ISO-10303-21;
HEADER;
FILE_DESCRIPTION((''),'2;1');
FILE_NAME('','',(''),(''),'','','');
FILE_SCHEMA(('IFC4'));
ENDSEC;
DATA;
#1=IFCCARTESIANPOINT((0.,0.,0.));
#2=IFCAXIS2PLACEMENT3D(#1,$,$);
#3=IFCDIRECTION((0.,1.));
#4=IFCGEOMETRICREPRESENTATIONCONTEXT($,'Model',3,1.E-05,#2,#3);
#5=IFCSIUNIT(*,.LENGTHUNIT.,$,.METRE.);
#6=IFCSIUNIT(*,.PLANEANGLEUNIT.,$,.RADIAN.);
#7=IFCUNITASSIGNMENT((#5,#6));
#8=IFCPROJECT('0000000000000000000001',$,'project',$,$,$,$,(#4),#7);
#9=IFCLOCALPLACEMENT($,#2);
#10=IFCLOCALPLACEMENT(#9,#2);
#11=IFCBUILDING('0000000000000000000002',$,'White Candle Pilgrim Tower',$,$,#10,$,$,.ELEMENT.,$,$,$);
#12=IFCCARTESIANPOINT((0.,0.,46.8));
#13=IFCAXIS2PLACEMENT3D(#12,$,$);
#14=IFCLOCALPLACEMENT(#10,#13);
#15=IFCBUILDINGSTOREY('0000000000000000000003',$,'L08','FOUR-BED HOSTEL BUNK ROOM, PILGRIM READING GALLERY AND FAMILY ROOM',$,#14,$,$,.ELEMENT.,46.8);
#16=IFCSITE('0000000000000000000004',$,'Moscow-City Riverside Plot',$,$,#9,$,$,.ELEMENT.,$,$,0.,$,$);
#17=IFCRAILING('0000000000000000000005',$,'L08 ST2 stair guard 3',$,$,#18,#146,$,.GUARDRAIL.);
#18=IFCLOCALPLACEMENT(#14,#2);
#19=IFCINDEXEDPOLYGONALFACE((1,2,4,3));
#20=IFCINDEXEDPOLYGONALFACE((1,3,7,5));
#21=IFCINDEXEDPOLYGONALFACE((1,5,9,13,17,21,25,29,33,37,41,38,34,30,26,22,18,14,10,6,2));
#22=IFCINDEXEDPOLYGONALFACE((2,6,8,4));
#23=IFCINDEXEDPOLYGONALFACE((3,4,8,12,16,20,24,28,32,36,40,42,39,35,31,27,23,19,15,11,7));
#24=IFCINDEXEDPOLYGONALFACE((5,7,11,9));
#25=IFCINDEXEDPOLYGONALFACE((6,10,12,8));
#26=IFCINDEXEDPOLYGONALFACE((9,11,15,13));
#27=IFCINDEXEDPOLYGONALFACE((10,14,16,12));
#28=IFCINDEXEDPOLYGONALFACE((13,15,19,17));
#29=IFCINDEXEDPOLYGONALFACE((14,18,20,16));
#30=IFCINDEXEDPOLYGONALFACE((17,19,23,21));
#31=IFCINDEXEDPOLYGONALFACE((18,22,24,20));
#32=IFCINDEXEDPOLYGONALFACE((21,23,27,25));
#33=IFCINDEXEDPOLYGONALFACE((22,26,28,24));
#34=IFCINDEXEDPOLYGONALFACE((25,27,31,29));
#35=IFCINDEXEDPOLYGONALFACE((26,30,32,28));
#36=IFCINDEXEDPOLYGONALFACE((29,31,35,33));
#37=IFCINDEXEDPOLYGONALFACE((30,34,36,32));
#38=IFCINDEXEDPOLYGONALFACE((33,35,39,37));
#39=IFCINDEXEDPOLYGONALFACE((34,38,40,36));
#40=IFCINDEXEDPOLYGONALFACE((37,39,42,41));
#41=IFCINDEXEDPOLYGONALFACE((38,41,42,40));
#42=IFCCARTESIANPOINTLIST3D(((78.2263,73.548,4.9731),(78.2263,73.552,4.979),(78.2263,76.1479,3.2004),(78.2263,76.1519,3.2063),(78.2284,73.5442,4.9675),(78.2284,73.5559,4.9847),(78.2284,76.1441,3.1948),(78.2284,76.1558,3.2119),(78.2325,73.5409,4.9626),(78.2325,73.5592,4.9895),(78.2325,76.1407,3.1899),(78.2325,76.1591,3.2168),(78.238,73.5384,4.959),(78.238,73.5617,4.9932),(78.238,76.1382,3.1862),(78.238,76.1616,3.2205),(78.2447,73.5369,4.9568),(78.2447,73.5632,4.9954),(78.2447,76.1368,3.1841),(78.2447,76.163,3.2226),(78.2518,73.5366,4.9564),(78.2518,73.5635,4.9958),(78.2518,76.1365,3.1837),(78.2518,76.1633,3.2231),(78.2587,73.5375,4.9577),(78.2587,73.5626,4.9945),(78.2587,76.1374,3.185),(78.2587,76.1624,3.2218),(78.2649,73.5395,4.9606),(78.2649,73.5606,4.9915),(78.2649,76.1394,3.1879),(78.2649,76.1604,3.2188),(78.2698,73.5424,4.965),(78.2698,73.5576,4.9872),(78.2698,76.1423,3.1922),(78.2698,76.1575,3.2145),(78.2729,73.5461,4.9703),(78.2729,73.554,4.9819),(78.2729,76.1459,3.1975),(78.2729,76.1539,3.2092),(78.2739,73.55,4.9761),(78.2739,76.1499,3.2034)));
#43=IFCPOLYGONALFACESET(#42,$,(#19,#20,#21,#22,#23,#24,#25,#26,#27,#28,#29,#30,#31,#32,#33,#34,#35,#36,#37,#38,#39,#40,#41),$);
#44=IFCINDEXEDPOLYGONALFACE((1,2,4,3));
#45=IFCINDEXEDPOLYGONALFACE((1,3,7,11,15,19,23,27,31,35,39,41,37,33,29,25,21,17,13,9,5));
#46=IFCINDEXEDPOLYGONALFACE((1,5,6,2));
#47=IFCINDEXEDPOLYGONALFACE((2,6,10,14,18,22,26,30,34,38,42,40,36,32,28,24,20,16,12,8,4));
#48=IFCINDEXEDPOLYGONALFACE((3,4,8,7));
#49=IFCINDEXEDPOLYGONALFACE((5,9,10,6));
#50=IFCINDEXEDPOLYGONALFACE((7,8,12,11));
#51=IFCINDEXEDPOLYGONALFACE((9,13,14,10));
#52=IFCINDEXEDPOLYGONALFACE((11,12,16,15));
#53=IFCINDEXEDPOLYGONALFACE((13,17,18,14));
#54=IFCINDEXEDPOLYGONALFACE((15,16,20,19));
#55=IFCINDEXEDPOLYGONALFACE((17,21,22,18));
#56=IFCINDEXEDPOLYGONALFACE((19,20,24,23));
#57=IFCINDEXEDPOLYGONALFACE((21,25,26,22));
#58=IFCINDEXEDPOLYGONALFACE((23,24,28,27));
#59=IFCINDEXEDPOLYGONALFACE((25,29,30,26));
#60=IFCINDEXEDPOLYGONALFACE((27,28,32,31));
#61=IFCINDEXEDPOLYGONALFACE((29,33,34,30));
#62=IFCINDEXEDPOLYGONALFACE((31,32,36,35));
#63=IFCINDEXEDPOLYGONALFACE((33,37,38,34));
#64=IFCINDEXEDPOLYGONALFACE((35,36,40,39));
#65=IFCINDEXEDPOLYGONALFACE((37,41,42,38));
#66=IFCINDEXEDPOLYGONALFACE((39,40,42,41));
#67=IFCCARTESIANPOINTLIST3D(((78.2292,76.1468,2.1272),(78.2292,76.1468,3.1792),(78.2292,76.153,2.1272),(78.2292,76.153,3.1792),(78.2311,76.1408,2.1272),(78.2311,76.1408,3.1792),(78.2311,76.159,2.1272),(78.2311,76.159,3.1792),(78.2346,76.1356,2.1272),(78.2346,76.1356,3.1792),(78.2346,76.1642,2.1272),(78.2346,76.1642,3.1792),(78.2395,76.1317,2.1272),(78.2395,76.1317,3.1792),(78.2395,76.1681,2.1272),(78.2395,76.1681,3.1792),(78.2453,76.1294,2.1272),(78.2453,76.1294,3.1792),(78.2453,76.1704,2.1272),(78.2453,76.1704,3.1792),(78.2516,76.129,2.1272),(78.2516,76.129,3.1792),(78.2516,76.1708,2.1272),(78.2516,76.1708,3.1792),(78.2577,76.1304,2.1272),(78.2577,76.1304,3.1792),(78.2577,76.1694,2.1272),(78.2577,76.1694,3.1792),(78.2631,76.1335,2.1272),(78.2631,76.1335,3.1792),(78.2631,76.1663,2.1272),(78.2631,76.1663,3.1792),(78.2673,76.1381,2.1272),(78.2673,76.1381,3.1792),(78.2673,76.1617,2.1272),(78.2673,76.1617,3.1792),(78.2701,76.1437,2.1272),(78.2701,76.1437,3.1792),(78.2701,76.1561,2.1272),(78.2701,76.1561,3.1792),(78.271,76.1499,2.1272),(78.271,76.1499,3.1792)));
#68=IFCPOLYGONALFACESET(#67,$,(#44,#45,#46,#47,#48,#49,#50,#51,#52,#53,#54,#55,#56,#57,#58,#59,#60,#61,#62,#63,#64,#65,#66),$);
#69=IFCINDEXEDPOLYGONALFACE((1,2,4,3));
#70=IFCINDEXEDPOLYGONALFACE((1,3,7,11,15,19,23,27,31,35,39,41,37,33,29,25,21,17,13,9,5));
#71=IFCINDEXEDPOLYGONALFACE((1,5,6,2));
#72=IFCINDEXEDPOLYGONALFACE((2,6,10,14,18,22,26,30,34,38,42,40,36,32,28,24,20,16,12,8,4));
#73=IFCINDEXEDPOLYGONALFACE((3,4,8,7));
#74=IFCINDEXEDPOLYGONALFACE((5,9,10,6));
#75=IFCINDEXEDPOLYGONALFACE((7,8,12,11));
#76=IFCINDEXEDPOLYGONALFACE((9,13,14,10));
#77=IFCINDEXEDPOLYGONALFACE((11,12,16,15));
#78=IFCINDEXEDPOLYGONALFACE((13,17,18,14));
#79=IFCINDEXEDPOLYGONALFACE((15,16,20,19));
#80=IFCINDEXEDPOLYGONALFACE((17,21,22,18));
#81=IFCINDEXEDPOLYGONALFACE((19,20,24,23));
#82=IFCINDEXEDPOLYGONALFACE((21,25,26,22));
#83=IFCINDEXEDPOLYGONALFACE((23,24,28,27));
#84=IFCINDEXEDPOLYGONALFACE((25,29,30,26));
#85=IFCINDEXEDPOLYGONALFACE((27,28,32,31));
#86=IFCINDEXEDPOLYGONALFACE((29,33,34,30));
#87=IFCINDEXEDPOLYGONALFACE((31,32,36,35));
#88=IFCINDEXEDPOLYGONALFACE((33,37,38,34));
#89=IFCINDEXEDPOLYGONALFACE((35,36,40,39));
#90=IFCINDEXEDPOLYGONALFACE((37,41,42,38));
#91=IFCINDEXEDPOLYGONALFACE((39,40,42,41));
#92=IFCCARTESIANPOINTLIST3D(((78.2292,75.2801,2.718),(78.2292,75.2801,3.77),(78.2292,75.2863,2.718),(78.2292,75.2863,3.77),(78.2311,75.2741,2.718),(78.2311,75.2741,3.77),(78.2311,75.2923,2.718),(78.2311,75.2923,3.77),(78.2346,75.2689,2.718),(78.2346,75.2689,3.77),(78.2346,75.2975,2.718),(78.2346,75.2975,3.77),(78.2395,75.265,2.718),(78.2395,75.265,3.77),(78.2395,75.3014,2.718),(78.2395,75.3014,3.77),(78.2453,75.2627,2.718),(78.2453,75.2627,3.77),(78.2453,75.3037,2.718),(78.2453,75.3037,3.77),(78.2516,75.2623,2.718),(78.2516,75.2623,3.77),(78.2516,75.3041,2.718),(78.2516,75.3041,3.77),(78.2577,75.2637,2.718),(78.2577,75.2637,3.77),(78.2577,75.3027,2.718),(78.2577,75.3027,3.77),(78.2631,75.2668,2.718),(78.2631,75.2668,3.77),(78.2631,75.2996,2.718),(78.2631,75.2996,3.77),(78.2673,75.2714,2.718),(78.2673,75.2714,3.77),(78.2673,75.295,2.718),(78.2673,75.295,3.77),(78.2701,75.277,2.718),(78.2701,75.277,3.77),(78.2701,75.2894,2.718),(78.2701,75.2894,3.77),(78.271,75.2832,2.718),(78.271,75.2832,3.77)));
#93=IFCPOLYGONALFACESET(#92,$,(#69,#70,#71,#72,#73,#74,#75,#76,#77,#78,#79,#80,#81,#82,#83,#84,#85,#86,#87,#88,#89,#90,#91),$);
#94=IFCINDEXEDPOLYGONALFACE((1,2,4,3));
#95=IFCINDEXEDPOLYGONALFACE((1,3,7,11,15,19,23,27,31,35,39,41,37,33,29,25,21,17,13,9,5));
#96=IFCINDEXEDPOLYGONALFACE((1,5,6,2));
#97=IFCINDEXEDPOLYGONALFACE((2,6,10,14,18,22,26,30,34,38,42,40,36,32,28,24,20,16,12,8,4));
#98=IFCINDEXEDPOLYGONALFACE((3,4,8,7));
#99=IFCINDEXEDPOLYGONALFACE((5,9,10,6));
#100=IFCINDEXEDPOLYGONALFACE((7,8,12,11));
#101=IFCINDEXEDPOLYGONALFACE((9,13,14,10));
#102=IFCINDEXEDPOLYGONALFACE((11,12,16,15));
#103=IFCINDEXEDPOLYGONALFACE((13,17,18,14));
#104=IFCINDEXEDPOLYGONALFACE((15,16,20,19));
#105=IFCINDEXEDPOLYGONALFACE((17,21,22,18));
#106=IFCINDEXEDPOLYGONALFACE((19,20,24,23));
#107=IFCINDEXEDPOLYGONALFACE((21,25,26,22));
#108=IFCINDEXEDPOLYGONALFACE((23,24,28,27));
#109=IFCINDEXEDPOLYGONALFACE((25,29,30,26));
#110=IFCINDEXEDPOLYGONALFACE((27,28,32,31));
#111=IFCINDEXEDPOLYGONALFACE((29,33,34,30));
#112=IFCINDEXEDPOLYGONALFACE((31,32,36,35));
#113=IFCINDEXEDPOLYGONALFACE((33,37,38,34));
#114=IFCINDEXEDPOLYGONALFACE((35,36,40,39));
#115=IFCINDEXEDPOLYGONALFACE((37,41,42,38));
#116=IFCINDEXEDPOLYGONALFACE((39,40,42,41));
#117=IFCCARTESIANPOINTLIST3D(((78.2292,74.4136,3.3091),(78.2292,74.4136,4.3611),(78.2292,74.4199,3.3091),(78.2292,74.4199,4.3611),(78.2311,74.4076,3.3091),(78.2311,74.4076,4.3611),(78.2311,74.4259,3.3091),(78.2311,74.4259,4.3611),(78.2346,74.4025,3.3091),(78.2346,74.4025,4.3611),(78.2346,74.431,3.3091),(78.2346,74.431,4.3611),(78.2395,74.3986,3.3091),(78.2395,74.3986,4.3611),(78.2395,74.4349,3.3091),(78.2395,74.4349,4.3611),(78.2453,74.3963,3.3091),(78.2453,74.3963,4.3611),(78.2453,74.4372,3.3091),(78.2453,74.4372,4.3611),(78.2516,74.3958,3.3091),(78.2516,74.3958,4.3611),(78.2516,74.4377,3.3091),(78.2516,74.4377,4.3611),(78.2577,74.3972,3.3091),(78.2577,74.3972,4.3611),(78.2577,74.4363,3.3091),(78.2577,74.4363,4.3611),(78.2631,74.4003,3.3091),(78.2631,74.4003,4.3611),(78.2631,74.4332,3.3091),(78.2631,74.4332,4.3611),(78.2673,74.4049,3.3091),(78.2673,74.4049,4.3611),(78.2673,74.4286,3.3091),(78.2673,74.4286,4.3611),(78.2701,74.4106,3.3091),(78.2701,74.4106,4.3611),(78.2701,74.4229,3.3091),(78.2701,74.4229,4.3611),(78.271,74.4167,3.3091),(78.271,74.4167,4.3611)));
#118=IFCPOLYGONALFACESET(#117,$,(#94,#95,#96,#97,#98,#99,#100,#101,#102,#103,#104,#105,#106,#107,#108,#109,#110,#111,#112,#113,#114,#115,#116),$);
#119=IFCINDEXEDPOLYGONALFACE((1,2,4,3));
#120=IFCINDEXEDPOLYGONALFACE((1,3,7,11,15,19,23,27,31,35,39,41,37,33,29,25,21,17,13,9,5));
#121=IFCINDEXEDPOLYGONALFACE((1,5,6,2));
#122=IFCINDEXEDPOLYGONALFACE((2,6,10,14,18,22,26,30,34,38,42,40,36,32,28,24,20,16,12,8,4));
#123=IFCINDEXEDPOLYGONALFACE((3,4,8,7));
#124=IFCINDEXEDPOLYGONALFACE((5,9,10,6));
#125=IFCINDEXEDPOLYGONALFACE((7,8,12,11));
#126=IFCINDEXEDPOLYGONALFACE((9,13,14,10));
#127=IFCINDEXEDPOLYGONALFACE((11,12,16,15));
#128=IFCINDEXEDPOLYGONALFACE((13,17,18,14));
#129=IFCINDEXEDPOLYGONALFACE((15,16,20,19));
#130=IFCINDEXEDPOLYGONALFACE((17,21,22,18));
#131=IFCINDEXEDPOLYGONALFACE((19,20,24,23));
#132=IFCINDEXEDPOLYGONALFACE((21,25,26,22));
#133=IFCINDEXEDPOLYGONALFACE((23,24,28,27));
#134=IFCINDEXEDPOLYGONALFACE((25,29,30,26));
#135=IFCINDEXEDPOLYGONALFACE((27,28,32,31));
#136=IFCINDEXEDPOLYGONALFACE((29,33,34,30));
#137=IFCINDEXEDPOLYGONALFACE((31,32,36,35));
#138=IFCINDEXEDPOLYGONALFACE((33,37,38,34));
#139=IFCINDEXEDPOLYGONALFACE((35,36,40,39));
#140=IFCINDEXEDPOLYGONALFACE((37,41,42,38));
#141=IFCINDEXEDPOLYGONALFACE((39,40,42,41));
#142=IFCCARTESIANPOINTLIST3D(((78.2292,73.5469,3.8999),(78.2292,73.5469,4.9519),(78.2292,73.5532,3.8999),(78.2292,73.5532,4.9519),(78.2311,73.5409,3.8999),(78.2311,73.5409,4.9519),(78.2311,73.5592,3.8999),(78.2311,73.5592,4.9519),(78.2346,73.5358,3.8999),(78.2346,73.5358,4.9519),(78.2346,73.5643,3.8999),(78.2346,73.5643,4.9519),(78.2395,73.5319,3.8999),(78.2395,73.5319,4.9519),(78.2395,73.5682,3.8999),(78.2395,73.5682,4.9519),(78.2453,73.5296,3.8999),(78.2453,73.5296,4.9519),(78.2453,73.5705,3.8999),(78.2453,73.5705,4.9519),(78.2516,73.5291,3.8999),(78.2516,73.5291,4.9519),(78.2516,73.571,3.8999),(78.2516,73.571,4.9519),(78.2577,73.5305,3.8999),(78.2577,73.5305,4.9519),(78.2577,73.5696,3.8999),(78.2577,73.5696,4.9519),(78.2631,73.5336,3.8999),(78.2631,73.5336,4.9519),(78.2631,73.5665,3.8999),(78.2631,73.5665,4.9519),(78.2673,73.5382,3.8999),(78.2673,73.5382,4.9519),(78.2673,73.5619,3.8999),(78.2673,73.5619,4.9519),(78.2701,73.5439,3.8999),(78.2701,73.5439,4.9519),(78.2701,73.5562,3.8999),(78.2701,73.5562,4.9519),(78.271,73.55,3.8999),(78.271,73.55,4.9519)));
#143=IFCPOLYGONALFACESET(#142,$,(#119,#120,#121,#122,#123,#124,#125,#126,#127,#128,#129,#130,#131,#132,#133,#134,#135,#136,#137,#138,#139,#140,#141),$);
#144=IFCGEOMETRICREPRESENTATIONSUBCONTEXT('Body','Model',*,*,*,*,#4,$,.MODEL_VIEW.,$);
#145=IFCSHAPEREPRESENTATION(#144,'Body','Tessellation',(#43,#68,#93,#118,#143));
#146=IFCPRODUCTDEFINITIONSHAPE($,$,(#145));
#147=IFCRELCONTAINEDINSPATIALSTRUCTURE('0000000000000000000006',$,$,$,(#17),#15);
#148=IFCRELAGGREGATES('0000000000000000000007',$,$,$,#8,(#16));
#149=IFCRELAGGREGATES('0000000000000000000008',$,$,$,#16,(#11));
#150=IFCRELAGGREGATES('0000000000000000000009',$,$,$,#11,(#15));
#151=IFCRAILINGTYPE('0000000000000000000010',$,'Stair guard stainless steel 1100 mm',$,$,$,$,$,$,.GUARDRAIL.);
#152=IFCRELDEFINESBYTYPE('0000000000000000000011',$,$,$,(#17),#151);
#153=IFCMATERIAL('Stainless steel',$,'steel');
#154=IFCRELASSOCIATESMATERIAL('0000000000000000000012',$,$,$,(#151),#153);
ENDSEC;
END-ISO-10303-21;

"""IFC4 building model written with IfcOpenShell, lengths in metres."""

from ifc_helpers import new_model, si_unit, direction, frame, origin, origin_2d, place, context, subcontext, project, spatial, circle, extrude, material, type_object, element, save


model = new_model("IFC4")

# Units and contexts
model_context = context("Model", 3, precision=1e-05, world=origin(), true_north=direction((0.0, 1.0)))
body_context = subcontext(model_context, "Body", "Model", "MODEL_VIEW")
ifc_project = project(units=[si_unit("LENGTHUNIT", "METRE"), si_unit("PLANEANGLEUNIT", "RADIAN")], contexts=[model_context])

# Site, building, storey
site_placement = place(None, origin())
site = spatial("IfcSite", under=ifc_project, at=site_placement, Name="Moscow-City Riverside Plot", CompositionType="ELEMENT", RefElevation=0.0)
building_placement = place(site_placement, origin())
building = spatial("IfcBuilding", under=site, at=building_placement, Name="White Candle Pilgrim Tower", CompositionType="ELEMENT")
storey_placement = place(building_placement, frame((0.0, 0.0, 46.8)))
storey = spatial("IfcBuildingStorey", under=building, at=storey_placement, Name="L08", Description="FOUR-BED HOSTEL BUNK ROOM, PILGRIM READING GALLERY AND FAMILY ROOM", CompositionType="ELEMENT", Elevation=46.8)

# Railing
ifc_material_1 = material(Name="Stainless steel", Category="steel")
railing_type = type_object("IfcRailingType", Name="Stair guard stainless steel 1100 mm", PredefinedType="GUARDRAIL", material=ifc_material_1)
railing_1_placement = place(storey_placement, frame((78.25, 76.1499, 2.1272)))
element("IfcRailing", 1, at=railing_1_placement, inside=storey, type_object=railing_type, Name="L08 ST2 stair guard 3", PredefinedType="GUARDRAIL", context=body_context, shape_type="SweptSolid", body=[
    extrude(circle(Radius=0.0239, at=origin_2d()), frame((0.0, 0.0, 1.0762), z_axis=(0.0, -0.826216, 0.563354), x_axis=(1.0, 0.0, 0.0)), (0.0, 0.0, 1.0), 3.1467),
    extrude(circle(Radius=0.021, at=origin_2d()), origin(), (0.0, 0.0, 1.0), 1.052),
    extrude(circle(Radius=0.021, at=origin_2d()), frame((0.0, -0.8667, 0.5908)), (0.0, 0.0, 1.0), 1.052),
    extrude(circle(Radius=0.021, at=origin_2d()), frame((0.0, -1.7332, 1.1819)), (0.0, 0.0, 1.0), 1.052),
    extrude(circle(Radius=0.021, at=origin_2d()), frame((0.0, -2.5999, 1.7727)), (0.0, 0.0, 1.0), 1.052),
])

save(model, "model.ifc")
